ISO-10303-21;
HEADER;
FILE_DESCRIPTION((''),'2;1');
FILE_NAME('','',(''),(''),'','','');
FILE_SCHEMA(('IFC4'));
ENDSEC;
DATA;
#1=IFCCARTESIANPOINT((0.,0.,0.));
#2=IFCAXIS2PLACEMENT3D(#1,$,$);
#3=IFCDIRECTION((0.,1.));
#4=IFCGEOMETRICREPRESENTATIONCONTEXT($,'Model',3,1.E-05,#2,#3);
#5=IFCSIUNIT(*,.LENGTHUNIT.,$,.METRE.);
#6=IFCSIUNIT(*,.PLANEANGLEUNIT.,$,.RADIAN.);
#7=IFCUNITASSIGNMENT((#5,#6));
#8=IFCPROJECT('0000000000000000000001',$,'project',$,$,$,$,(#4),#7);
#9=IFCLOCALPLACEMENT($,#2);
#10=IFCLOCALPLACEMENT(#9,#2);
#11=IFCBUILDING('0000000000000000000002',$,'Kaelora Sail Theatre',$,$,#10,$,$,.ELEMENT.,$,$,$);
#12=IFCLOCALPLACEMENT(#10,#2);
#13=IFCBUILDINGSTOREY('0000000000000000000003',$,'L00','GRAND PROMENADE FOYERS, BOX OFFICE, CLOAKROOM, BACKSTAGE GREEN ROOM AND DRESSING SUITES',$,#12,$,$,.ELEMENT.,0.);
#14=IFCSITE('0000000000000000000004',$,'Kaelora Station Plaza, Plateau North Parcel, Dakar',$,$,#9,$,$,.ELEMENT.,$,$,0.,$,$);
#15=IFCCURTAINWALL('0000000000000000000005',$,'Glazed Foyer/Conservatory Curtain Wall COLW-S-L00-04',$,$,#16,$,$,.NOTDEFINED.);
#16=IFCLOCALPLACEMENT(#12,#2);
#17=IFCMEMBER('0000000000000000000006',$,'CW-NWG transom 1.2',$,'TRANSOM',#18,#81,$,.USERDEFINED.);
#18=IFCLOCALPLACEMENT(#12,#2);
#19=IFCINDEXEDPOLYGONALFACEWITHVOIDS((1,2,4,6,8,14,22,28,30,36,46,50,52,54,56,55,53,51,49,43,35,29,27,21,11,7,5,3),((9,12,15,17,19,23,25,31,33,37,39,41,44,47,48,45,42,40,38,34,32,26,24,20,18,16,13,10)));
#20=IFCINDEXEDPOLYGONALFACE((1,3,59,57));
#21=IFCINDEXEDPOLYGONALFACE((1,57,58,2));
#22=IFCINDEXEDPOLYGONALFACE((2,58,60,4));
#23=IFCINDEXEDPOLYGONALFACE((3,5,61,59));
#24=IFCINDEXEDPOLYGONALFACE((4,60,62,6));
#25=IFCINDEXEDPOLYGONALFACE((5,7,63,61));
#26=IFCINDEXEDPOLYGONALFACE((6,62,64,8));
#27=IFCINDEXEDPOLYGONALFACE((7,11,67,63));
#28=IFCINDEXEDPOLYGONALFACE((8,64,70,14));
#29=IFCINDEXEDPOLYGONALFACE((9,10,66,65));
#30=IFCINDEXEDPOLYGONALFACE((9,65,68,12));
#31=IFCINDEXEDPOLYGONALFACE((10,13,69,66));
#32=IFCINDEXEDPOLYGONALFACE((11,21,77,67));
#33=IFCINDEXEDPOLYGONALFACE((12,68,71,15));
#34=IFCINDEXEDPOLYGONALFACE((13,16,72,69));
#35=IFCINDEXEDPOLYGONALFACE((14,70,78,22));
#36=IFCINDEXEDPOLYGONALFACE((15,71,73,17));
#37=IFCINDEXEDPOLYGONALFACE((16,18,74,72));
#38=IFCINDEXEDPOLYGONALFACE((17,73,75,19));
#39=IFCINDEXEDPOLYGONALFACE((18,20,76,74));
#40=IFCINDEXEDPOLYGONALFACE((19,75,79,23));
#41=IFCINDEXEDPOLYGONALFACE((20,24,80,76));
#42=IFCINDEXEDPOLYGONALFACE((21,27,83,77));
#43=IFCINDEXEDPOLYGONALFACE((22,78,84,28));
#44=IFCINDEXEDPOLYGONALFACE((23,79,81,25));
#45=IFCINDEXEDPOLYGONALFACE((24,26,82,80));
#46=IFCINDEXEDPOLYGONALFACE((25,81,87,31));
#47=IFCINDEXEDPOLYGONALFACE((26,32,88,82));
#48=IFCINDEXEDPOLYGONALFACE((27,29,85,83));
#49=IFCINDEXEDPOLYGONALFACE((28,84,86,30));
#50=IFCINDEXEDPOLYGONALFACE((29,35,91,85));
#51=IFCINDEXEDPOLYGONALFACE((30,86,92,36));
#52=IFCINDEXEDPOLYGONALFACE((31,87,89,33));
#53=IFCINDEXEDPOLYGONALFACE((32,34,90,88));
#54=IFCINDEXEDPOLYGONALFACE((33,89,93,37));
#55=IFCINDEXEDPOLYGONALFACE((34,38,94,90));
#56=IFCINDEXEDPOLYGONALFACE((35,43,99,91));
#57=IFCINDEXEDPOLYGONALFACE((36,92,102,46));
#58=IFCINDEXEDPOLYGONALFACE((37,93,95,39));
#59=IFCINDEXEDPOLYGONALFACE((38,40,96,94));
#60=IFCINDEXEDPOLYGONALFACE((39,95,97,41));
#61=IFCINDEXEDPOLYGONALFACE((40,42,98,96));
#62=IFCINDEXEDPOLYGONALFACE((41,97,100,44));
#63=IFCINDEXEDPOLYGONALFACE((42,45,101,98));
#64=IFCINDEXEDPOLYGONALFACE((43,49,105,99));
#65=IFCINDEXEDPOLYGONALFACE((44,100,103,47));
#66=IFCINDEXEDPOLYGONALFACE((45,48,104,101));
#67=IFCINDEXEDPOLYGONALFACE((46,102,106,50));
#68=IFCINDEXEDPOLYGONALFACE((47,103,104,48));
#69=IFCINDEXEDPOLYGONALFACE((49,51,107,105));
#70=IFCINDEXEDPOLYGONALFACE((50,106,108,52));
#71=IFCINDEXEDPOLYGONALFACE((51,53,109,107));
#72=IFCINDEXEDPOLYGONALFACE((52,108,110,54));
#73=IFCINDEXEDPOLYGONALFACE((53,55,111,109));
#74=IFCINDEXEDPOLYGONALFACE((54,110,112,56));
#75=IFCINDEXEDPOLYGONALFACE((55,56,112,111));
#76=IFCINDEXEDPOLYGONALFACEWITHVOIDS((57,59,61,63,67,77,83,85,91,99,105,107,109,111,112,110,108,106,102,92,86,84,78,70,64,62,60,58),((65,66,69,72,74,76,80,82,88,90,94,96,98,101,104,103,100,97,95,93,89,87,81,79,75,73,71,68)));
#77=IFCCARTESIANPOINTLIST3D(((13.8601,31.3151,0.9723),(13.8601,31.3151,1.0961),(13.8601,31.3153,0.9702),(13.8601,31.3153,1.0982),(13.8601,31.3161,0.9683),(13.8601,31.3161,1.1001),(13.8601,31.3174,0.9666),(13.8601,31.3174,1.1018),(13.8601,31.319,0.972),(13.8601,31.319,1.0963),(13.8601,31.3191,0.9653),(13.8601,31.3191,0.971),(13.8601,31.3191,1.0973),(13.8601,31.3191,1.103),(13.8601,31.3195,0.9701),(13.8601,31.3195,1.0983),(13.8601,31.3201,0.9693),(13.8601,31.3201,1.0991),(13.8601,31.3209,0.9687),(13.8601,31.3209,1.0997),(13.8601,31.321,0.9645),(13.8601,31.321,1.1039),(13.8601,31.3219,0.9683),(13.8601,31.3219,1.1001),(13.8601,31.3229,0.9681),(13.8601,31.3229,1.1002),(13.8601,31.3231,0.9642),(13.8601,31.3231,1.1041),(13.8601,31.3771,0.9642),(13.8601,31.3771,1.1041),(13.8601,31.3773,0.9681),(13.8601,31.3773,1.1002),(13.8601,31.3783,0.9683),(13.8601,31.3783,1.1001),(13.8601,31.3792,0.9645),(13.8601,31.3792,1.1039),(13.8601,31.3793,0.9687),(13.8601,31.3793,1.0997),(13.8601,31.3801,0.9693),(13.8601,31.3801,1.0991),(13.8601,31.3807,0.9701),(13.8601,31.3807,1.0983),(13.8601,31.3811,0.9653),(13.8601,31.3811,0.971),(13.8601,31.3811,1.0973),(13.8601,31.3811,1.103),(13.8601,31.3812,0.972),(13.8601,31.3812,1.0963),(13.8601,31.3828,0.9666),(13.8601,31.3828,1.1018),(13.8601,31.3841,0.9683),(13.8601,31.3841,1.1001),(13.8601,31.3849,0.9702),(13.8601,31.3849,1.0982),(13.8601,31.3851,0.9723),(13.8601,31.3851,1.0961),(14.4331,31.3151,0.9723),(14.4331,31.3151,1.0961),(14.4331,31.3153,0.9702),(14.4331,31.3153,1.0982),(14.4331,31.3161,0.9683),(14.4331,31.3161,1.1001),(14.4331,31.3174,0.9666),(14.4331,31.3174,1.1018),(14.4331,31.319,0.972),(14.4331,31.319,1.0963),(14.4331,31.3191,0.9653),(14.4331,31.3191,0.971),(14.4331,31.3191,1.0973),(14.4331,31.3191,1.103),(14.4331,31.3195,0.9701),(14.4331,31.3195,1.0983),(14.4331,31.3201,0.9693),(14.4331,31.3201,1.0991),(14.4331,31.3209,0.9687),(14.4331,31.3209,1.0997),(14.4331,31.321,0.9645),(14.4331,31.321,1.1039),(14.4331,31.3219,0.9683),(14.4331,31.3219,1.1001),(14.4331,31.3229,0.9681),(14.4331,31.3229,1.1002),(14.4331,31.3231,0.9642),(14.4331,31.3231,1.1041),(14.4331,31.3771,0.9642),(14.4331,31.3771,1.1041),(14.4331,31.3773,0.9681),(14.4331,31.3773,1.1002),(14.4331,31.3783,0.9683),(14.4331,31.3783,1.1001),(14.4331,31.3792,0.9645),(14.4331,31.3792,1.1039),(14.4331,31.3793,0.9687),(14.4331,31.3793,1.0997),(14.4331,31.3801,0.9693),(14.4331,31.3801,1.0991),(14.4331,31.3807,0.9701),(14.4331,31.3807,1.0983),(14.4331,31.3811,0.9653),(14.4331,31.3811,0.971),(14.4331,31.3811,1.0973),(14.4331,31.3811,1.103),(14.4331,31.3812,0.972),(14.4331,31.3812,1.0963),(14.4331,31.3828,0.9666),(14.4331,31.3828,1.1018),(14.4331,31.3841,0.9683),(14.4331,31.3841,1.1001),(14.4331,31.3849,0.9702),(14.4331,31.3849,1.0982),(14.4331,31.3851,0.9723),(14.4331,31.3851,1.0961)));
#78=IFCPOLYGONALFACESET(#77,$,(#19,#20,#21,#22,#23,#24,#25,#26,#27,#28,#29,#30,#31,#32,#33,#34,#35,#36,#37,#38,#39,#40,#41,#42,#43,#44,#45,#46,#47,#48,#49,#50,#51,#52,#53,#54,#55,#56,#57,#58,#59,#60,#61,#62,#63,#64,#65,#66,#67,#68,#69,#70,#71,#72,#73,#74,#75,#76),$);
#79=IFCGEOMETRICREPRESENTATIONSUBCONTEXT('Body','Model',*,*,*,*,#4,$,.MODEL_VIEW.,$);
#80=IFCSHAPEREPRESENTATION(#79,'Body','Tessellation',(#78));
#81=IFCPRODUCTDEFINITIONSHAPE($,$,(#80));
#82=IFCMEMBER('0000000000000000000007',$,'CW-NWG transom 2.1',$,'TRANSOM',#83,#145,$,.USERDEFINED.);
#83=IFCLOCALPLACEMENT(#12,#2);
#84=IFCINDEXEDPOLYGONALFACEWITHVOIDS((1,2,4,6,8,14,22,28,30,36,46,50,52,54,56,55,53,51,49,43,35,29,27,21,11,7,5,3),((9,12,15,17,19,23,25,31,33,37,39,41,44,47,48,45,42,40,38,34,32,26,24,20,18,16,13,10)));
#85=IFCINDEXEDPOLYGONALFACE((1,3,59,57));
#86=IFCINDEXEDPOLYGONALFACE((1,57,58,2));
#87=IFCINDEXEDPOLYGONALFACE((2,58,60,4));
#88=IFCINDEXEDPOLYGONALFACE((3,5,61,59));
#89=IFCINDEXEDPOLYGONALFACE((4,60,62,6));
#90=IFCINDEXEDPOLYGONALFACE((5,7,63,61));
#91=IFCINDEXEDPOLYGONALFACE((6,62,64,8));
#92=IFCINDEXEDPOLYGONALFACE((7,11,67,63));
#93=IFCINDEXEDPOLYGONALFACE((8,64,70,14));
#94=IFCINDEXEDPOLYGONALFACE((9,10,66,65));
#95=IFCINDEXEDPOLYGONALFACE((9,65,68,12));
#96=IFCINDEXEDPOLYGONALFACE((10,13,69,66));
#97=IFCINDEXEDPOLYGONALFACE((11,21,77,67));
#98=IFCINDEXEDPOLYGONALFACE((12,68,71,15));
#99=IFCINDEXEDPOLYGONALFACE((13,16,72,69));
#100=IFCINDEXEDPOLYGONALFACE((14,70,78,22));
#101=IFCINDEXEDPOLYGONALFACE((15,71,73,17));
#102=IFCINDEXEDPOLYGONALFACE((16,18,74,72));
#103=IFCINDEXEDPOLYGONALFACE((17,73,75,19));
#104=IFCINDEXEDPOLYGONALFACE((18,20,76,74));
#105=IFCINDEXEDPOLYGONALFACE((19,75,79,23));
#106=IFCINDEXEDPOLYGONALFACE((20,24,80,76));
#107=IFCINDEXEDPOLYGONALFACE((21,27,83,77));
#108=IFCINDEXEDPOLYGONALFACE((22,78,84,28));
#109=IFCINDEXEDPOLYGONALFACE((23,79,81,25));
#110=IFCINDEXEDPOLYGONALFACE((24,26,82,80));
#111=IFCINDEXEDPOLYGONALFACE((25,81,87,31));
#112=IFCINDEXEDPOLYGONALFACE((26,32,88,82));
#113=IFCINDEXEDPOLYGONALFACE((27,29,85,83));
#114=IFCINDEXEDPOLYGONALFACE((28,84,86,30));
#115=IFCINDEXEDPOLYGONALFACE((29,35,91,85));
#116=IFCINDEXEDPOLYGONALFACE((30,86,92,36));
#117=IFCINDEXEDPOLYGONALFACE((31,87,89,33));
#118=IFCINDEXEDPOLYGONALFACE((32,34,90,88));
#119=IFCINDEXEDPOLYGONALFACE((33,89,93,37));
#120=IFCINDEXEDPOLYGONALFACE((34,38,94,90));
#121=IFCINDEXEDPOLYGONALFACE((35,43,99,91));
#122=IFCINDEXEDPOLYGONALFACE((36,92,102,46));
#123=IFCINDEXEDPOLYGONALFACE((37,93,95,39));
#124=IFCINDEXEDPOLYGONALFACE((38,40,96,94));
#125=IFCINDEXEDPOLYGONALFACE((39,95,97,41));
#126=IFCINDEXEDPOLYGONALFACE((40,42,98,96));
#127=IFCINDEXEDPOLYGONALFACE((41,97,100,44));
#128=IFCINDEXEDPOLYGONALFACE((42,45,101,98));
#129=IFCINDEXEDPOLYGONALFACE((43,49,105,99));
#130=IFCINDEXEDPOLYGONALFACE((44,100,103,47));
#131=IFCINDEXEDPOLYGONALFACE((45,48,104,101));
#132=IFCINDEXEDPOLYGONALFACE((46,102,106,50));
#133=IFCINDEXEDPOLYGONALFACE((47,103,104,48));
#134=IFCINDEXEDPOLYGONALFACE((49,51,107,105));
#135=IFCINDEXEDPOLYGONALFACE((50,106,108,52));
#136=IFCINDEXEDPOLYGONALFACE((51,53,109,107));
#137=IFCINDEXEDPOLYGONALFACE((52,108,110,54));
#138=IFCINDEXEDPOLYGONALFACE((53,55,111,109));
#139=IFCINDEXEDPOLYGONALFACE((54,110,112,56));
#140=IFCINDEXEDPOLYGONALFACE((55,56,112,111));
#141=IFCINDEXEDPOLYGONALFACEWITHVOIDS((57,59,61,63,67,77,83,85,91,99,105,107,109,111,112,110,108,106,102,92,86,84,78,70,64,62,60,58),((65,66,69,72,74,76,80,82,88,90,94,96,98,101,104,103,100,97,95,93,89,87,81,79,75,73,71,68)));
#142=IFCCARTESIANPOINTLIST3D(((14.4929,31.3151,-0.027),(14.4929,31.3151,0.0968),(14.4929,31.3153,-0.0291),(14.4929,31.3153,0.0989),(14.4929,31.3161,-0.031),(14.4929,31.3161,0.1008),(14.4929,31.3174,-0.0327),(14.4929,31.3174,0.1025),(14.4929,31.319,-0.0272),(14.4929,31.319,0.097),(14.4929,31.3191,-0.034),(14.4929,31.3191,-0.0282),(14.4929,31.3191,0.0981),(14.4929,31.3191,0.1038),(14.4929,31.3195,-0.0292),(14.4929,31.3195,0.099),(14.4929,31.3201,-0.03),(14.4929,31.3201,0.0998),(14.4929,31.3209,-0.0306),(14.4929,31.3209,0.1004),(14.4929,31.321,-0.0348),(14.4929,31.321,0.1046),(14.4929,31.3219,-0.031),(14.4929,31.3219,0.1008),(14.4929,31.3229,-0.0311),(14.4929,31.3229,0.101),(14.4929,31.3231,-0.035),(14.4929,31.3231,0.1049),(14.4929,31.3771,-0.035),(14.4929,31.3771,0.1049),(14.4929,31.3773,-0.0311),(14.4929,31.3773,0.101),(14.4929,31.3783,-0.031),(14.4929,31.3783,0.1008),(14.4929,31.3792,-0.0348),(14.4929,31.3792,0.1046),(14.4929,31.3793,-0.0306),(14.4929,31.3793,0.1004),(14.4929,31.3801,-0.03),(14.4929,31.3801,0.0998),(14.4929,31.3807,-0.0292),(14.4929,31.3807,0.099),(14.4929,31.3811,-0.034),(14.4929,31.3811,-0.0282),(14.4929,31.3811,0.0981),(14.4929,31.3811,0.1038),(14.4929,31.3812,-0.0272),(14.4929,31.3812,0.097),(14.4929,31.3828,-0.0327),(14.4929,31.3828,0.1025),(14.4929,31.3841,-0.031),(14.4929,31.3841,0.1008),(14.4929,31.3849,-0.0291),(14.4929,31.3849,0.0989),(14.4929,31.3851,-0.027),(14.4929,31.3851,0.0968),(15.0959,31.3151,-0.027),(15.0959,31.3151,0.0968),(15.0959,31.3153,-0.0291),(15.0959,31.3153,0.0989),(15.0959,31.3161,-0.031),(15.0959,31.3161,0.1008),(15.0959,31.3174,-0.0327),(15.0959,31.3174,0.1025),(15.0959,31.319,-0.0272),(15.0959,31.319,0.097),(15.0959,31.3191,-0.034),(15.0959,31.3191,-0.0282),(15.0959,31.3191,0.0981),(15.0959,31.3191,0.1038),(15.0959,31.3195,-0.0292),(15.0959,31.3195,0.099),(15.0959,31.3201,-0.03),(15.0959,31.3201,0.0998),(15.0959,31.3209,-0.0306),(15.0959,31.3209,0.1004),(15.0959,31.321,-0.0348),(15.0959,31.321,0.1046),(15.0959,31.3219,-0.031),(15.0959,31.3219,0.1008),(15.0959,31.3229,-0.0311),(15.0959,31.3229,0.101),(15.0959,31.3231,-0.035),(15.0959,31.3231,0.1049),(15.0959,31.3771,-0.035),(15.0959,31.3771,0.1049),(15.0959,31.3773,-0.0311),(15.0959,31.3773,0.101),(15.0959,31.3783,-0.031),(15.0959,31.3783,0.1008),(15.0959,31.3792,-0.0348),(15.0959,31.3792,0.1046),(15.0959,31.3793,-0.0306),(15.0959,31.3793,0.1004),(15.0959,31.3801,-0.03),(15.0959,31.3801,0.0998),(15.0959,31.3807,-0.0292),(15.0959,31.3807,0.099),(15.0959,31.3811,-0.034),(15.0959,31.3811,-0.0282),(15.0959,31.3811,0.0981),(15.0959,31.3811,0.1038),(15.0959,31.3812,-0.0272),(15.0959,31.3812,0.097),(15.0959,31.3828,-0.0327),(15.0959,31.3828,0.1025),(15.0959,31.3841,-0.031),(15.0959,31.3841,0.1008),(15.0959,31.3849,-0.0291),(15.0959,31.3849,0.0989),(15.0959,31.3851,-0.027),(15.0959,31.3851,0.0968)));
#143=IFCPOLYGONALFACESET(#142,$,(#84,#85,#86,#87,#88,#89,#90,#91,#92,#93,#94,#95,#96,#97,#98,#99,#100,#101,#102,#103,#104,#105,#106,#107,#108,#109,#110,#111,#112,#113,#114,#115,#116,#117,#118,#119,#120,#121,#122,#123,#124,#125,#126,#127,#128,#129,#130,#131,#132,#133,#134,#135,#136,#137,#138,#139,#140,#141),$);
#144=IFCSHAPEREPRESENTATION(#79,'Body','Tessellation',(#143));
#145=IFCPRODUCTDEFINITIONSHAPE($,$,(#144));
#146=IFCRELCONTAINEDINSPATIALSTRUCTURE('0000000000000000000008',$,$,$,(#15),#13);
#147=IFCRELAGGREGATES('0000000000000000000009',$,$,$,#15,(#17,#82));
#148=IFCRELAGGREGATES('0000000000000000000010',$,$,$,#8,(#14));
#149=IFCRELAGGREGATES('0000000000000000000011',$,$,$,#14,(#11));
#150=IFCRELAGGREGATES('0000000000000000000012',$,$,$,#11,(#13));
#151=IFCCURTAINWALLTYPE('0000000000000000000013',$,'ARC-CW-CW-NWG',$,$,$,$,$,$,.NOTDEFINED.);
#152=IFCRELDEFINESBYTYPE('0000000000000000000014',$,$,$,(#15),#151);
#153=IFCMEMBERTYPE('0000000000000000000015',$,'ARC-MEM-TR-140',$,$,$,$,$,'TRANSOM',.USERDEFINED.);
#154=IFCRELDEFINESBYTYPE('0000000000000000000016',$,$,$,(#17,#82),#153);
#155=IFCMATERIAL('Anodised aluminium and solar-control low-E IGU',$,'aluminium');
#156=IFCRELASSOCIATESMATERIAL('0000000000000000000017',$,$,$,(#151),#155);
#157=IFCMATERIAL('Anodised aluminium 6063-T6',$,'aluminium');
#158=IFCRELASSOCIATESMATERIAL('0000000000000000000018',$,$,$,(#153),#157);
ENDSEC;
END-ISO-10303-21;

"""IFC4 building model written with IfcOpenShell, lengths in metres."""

from ifc_helpers import new_model, si_unit, direction, frame, origin, origin_2d, place, context, subcontext, project, spatial, hollow_rectangle, extrude, material, material_profile, profile_set, type_object, element, aggregate, save


model = new_model("IFC4")

# Units and contexts
model_context = context("Model", 3, precision=1e-05, world=origin(), true_north=direction((0.0, 1.0)))
body_context = subcontext(model_context, "Body", "Model", "MODEL_VIEW")
ifc_project = project(units=[si_unit("LENGTHUNIT", "METRE"), si_unit("PLANEANGLEUNIT", "RADIAN")], contexts=[model_context])

# Site, building, storey
site_placement = place(None, origin())
site = spatial("IfcSite", under=ifc_project, at=site_placement, Name="Kaelora Station Plaza, Plateau North Parcel, Dakar", CompositionType="ELEMENT", RefElevation=0.0)
building_placement = place(site_placement, origin())
building = spatial("IfcBuilding", under=site, at=building_placement, Name="Kaelora Sail Theatre", CompositionType="ELEMENT")
storey_placement = place(building_placement, origin())
storey = spatial("IfcBuildingStorey", under=building, at=storey_placement, Name="L00", Description="GRAND PROMENADE FOYERS, BOX OFFICE, CLOAKROOM, BACKSTAGE GREEN ROOM AND DRESSING SUITES", CompositionType="ELEMENT", Elevation=0.0)

# Curtain wall
ifc_material_1 = material(Name="Anodised aluminium and solar-control low-E IGU", Category="aluminium")
curtain_wall_type = type_object("IfcCurtainWallType", Name="ARC-CW-CW-NWG", PredefinedType="NOTDEFINED", material=ifc_material_1)
curtain_wall_1_placement = place(storey_placement, origin())
curtain_wall_1 = element("IfcCurtainWall", 1, at=curtain_wall_1_placement, inside=storey, type_object=curtain_wall_type, Name="Glazed Foyer/Conservatory Curtain Wall COLW-S-L00-04", PredefinedType="NOTDEFINED")

# Members
ifc_material_2 = material(Name="Anodised aluminium 6063-T6", Category="aluminium")
ifc_material_profile_1 = material_profile(ifc_material_2, hollow_rectangle(XDim=0.0701, YDim=0.1399, WallThickness=0.0039, InnerFilletRadius=0.0039, OuterFilletRadius=0.0081, at=origin_2d()), Name="ALU-TRAN 70x140x4")
ifc_profile_set_1 = profile_set([ifc_material_profile_1], Name="Anodised aluminium 6063-T6")
member_type_1 = type_object("IfcMemberType", Name="ARC-MEM-TR-140", ElementType="TRANSOM", PredefinedType="USERDEFINED", material=ifc_profile_set_1)
member_1_placement = place(storey_placement, frame((13.8601, 31.3501, 1.0342), z_axis=(1.0, 0.0, 0.0), x_axis=(0.0, 1.0, 0.0)))
member_1 = element("IfcMember", 2, at=member_1_placement, type_object=member_type_1, Name="CW-NWG transom 1.2", ObjectType="TRANSOM", PredefinedType="USERDEFINED", context=body_context, shape_type="SweptSolid", body=[
    extrude(hollow_rectangle(XDim=0.0701, YDim=0.1399, WallThickness=0.0039, InnerFilletRadius=0.0039, OuterFilletRadius=0.0081, at=origin_2d()), origin(), (0.0, 0.0, 1.0), 0.573),
])
member_2_placement = place(storey_placement, frame((14.4929, 31.3501, 0.0349), z_axis=(1.0, 0.0, 0.0), x_axis=(0.0, 1.0, 0.0)))
member_2 = element("IfcMember", 3, at=member_2_placement, type_object=member_type_1, Name="CW-NWG transom 2.1", ObjectType="TRANSOM", PredefinedType="USERDEFINED", context=body_context, shape_type="SweptSolid", body=[
    extrude(hollow_rectangle(XDim=0.0701, YDim=0.1399, WallThickness=0.0039, InnerFilletRadius=0.0039, OuterFilletRadius=0.0081, at=origin_2d()), origin(), (0.0, 0.0, 1.0), 0.603),
])

aggregate(curtain_wall_1, [member_1, member_2])

save(model, "model.ifc")
